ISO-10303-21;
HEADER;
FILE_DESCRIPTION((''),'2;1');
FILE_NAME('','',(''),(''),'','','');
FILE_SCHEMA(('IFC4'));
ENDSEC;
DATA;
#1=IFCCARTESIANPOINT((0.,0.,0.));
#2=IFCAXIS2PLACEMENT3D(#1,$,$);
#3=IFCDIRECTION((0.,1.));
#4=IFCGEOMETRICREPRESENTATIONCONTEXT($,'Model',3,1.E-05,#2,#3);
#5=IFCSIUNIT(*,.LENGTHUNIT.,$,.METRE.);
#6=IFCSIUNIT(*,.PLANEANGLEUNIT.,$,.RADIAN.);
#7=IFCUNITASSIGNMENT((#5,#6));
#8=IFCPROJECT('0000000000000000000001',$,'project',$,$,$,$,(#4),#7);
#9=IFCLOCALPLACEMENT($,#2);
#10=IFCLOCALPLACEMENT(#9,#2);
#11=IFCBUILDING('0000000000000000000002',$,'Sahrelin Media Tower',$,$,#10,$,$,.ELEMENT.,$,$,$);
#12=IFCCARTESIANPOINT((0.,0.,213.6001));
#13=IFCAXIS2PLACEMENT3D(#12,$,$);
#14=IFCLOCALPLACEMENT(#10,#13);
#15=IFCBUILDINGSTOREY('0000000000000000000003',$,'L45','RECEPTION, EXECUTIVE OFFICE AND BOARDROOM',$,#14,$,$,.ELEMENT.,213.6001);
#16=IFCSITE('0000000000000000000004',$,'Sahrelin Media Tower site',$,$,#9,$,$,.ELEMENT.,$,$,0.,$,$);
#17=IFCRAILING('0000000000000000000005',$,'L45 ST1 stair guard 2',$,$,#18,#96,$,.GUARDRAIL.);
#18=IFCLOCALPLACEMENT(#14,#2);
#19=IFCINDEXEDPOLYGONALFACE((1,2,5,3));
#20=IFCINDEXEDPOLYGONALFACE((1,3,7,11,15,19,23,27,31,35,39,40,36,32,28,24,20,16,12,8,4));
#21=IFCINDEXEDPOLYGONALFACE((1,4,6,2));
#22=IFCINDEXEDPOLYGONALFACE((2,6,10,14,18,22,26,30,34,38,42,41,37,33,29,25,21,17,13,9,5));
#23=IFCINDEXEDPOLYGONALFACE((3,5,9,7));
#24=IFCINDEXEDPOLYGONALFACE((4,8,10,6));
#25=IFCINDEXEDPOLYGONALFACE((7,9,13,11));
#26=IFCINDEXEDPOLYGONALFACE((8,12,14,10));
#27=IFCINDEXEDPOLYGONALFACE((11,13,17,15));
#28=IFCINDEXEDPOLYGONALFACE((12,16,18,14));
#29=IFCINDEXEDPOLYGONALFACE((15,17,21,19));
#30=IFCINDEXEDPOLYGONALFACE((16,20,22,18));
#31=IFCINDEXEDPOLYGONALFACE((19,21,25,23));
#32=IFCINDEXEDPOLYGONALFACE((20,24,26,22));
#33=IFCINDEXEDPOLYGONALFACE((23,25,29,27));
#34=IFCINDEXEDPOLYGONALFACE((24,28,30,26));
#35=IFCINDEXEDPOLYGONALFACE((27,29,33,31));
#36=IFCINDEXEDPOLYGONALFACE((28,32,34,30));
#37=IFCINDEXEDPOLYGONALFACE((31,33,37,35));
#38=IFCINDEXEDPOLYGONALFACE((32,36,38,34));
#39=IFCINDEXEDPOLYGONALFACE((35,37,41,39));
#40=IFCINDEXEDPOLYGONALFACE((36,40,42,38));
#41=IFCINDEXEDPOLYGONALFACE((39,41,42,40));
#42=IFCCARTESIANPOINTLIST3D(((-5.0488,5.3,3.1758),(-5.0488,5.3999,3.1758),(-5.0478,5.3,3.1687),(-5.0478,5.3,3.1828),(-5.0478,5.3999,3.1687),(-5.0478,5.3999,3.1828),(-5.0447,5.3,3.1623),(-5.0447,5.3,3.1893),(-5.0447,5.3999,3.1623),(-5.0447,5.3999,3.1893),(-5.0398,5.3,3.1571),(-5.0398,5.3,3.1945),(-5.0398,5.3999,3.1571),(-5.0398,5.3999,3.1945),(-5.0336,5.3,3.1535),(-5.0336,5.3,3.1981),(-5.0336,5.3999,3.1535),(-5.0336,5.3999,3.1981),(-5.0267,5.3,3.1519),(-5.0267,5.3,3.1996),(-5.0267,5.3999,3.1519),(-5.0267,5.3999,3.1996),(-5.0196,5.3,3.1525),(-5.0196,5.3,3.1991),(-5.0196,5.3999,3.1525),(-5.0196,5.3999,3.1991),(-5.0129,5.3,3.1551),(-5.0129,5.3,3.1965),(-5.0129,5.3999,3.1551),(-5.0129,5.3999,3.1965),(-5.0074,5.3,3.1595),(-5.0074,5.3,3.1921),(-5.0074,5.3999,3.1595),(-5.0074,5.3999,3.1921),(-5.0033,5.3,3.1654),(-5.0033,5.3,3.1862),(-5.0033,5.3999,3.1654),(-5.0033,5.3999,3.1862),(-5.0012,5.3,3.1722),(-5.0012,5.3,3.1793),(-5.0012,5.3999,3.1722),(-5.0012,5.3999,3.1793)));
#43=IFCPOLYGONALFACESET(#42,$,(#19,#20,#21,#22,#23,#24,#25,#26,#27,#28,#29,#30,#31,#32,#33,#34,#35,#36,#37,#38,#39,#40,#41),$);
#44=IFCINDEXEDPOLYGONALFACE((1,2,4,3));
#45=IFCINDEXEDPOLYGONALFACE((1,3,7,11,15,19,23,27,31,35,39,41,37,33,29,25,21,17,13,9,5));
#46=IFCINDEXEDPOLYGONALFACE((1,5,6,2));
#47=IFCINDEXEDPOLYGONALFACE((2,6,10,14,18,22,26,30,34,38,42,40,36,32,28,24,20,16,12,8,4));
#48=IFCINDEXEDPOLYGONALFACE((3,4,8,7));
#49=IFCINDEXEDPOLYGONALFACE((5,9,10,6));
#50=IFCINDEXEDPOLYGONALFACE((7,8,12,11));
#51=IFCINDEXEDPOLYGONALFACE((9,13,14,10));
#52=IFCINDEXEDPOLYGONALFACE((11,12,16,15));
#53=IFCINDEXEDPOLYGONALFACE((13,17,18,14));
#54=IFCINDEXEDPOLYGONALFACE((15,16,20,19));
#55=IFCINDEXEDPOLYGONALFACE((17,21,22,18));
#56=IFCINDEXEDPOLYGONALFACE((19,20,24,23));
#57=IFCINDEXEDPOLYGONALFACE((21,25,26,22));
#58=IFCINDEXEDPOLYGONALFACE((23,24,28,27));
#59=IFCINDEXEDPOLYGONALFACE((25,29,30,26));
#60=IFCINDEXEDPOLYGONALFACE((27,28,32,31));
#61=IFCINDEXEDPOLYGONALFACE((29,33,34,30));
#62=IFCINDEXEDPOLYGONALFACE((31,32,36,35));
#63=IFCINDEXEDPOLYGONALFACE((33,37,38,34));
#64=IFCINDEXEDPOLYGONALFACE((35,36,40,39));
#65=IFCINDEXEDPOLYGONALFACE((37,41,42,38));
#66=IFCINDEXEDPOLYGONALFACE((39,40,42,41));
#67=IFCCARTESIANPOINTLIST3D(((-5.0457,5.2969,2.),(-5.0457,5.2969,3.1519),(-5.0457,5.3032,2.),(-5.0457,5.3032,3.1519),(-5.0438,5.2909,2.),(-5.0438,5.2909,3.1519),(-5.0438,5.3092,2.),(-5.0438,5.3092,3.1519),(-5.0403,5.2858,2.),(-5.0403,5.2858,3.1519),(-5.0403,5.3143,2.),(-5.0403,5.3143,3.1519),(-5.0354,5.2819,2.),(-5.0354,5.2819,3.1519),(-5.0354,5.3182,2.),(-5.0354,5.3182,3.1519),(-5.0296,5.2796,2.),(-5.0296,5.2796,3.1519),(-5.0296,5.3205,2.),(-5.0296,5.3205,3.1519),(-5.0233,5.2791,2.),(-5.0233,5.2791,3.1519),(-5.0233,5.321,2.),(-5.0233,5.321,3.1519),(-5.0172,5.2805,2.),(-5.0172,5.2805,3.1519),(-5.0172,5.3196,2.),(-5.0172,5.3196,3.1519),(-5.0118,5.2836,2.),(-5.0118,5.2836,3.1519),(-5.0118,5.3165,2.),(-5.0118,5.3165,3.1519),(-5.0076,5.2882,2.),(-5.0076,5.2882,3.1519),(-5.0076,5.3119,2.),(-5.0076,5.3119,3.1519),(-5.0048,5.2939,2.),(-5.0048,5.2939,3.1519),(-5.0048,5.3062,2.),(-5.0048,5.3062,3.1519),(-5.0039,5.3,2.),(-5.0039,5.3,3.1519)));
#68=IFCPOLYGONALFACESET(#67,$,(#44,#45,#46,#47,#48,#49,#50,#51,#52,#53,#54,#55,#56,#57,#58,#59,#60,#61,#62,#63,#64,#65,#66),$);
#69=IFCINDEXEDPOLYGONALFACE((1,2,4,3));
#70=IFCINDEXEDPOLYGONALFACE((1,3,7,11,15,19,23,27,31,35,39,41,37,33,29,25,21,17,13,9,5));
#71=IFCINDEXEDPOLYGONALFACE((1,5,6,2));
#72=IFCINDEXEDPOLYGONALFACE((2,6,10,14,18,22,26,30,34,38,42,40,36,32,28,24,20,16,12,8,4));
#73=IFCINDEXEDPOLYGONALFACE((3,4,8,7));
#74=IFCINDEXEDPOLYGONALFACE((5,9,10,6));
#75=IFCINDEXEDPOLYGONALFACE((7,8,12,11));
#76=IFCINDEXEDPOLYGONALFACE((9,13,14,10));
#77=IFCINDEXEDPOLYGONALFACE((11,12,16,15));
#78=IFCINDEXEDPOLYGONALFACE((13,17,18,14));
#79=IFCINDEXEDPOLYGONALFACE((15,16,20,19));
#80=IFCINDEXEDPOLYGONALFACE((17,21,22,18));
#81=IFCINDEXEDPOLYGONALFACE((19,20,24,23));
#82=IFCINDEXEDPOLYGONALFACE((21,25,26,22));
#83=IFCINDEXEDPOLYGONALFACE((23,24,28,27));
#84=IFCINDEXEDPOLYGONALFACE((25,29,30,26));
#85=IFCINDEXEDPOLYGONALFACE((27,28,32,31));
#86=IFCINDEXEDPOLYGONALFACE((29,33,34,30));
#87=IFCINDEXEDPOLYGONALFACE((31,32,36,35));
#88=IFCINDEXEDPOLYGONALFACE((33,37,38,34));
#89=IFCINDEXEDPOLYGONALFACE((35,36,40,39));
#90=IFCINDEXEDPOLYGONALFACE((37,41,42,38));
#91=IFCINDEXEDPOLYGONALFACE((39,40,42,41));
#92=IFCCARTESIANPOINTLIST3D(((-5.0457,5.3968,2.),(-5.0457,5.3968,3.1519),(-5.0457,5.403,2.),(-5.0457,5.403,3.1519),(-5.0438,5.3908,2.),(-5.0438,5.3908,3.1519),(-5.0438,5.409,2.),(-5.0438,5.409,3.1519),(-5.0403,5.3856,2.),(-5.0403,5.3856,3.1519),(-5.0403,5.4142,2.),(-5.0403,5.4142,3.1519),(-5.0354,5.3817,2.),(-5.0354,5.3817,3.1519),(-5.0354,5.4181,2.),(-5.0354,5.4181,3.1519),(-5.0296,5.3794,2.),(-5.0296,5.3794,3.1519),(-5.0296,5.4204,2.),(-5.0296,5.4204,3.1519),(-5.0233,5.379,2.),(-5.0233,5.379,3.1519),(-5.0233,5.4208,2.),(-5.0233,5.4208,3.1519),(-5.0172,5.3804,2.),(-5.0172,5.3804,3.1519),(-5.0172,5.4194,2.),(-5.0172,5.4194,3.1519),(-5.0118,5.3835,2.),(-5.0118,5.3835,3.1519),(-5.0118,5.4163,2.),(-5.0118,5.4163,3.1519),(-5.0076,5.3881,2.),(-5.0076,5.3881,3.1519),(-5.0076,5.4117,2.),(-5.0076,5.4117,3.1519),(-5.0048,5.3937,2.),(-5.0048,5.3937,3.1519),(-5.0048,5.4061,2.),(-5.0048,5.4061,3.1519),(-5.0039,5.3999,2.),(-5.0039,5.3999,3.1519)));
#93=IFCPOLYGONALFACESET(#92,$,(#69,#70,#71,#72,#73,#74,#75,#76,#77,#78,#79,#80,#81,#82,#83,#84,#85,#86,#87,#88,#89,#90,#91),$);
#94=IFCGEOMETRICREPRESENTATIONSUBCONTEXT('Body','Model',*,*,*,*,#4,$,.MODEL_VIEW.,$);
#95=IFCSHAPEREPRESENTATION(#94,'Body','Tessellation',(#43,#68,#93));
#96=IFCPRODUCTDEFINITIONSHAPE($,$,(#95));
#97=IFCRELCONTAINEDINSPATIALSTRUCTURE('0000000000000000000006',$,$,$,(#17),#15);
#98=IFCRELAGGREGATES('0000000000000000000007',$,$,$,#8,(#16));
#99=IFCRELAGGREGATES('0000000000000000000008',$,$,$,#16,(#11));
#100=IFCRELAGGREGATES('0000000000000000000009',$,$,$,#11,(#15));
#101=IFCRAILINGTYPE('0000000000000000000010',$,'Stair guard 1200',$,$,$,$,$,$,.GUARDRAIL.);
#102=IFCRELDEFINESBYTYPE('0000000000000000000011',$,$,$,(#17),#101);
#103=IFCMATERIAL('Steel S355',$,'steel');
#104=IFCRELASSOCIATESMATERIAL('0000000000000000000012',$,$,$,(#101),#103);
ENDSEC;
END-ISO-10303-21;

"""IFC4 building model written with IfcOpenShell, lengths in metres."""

from ifc_helpers import new_model, si_unit, direction, frame, origin, origin_2d, place, context, subcontext, project, spatial, circle, extrude, material, type_object, element, save


model = new_model("IFC4")

# Units and contexts
model_context = context("Model", 3, precision=1e-05, world=origin(), true_north=direction((0.0, 1.0)))
body_context = subcontext(model_context, "Body", "Model", "MODEL_VIEW")
ifc_project = project(units=[si_unit("LENGTHUNIT", "METRE"), si_unit("PLANEANGLEUNIT", "RADIAN")], contexts=[model_context])

# Site, building, storey
site_placement = place(None, origin())
site = spatial("IfcSite", under=ifc_project, at=site_placement, Name="Sahrelin Media Tower site", CompositionType="ELEMENT", RefElevation=0.0)
building_placement = place(site_placement, origin())
building = spatial("IfcBuilding", under=site, at=building_placement, Name="Sahrelin Media Tower", CompositionType="ELEMENT")
storey_placement = place(building_placement, frame((0.0, 0.0, 213.6001)))
storey = spatial("IfcBuildingStorey", under=building, at=storey_placement, Name="L45", Description="RECEPTION, EXECUTIVE OFFICE AND BOARDROOM", CompositionType="ELEMENT", Elevation=213.6001)

# Shared definitions
ifc_material_1 = material(Name="Steel S355", Category="steel")

# Railing
railing_type_1 = type_object("IfcRailingType", Name="Stair guard 1200", PredefinedType="GUARDRAIL", material=ifc_material_1)
railing_1_placement = place(storey_placement, frame((-5.0249, 5.3, 2.0)))
element("IfcRailing", 1, at=railing_1_placement, inside=storey, type_object=railing_type_1, Name="L45 ST1 stair guard 2", PredefinedType="GUARDRAIL", context=body_context, shape_type="SweptSolid", body=[
    extrude(circle(Radius=0.0239, at=origin_2d()), frame((0.0, 0.0, 1.1758), z_axis=(0.0, 1.0, 0.0), x_axis=(-1.0, 0.0, 0.0)), (0.0, 0.0, 1.0), 0.0999),
    extrude(circle(Radius=0.021, at=origin_2d()), origin(), (0.0, 0.0, 1.0), 1.1519),
    extrude(circle(Radius=0.021, at=origin_2d()), frame((0.0, 0.0999, 0.0)), (0.0, 0.0, 1.0), 1.1519),
])

save(model, "model.ifc")
